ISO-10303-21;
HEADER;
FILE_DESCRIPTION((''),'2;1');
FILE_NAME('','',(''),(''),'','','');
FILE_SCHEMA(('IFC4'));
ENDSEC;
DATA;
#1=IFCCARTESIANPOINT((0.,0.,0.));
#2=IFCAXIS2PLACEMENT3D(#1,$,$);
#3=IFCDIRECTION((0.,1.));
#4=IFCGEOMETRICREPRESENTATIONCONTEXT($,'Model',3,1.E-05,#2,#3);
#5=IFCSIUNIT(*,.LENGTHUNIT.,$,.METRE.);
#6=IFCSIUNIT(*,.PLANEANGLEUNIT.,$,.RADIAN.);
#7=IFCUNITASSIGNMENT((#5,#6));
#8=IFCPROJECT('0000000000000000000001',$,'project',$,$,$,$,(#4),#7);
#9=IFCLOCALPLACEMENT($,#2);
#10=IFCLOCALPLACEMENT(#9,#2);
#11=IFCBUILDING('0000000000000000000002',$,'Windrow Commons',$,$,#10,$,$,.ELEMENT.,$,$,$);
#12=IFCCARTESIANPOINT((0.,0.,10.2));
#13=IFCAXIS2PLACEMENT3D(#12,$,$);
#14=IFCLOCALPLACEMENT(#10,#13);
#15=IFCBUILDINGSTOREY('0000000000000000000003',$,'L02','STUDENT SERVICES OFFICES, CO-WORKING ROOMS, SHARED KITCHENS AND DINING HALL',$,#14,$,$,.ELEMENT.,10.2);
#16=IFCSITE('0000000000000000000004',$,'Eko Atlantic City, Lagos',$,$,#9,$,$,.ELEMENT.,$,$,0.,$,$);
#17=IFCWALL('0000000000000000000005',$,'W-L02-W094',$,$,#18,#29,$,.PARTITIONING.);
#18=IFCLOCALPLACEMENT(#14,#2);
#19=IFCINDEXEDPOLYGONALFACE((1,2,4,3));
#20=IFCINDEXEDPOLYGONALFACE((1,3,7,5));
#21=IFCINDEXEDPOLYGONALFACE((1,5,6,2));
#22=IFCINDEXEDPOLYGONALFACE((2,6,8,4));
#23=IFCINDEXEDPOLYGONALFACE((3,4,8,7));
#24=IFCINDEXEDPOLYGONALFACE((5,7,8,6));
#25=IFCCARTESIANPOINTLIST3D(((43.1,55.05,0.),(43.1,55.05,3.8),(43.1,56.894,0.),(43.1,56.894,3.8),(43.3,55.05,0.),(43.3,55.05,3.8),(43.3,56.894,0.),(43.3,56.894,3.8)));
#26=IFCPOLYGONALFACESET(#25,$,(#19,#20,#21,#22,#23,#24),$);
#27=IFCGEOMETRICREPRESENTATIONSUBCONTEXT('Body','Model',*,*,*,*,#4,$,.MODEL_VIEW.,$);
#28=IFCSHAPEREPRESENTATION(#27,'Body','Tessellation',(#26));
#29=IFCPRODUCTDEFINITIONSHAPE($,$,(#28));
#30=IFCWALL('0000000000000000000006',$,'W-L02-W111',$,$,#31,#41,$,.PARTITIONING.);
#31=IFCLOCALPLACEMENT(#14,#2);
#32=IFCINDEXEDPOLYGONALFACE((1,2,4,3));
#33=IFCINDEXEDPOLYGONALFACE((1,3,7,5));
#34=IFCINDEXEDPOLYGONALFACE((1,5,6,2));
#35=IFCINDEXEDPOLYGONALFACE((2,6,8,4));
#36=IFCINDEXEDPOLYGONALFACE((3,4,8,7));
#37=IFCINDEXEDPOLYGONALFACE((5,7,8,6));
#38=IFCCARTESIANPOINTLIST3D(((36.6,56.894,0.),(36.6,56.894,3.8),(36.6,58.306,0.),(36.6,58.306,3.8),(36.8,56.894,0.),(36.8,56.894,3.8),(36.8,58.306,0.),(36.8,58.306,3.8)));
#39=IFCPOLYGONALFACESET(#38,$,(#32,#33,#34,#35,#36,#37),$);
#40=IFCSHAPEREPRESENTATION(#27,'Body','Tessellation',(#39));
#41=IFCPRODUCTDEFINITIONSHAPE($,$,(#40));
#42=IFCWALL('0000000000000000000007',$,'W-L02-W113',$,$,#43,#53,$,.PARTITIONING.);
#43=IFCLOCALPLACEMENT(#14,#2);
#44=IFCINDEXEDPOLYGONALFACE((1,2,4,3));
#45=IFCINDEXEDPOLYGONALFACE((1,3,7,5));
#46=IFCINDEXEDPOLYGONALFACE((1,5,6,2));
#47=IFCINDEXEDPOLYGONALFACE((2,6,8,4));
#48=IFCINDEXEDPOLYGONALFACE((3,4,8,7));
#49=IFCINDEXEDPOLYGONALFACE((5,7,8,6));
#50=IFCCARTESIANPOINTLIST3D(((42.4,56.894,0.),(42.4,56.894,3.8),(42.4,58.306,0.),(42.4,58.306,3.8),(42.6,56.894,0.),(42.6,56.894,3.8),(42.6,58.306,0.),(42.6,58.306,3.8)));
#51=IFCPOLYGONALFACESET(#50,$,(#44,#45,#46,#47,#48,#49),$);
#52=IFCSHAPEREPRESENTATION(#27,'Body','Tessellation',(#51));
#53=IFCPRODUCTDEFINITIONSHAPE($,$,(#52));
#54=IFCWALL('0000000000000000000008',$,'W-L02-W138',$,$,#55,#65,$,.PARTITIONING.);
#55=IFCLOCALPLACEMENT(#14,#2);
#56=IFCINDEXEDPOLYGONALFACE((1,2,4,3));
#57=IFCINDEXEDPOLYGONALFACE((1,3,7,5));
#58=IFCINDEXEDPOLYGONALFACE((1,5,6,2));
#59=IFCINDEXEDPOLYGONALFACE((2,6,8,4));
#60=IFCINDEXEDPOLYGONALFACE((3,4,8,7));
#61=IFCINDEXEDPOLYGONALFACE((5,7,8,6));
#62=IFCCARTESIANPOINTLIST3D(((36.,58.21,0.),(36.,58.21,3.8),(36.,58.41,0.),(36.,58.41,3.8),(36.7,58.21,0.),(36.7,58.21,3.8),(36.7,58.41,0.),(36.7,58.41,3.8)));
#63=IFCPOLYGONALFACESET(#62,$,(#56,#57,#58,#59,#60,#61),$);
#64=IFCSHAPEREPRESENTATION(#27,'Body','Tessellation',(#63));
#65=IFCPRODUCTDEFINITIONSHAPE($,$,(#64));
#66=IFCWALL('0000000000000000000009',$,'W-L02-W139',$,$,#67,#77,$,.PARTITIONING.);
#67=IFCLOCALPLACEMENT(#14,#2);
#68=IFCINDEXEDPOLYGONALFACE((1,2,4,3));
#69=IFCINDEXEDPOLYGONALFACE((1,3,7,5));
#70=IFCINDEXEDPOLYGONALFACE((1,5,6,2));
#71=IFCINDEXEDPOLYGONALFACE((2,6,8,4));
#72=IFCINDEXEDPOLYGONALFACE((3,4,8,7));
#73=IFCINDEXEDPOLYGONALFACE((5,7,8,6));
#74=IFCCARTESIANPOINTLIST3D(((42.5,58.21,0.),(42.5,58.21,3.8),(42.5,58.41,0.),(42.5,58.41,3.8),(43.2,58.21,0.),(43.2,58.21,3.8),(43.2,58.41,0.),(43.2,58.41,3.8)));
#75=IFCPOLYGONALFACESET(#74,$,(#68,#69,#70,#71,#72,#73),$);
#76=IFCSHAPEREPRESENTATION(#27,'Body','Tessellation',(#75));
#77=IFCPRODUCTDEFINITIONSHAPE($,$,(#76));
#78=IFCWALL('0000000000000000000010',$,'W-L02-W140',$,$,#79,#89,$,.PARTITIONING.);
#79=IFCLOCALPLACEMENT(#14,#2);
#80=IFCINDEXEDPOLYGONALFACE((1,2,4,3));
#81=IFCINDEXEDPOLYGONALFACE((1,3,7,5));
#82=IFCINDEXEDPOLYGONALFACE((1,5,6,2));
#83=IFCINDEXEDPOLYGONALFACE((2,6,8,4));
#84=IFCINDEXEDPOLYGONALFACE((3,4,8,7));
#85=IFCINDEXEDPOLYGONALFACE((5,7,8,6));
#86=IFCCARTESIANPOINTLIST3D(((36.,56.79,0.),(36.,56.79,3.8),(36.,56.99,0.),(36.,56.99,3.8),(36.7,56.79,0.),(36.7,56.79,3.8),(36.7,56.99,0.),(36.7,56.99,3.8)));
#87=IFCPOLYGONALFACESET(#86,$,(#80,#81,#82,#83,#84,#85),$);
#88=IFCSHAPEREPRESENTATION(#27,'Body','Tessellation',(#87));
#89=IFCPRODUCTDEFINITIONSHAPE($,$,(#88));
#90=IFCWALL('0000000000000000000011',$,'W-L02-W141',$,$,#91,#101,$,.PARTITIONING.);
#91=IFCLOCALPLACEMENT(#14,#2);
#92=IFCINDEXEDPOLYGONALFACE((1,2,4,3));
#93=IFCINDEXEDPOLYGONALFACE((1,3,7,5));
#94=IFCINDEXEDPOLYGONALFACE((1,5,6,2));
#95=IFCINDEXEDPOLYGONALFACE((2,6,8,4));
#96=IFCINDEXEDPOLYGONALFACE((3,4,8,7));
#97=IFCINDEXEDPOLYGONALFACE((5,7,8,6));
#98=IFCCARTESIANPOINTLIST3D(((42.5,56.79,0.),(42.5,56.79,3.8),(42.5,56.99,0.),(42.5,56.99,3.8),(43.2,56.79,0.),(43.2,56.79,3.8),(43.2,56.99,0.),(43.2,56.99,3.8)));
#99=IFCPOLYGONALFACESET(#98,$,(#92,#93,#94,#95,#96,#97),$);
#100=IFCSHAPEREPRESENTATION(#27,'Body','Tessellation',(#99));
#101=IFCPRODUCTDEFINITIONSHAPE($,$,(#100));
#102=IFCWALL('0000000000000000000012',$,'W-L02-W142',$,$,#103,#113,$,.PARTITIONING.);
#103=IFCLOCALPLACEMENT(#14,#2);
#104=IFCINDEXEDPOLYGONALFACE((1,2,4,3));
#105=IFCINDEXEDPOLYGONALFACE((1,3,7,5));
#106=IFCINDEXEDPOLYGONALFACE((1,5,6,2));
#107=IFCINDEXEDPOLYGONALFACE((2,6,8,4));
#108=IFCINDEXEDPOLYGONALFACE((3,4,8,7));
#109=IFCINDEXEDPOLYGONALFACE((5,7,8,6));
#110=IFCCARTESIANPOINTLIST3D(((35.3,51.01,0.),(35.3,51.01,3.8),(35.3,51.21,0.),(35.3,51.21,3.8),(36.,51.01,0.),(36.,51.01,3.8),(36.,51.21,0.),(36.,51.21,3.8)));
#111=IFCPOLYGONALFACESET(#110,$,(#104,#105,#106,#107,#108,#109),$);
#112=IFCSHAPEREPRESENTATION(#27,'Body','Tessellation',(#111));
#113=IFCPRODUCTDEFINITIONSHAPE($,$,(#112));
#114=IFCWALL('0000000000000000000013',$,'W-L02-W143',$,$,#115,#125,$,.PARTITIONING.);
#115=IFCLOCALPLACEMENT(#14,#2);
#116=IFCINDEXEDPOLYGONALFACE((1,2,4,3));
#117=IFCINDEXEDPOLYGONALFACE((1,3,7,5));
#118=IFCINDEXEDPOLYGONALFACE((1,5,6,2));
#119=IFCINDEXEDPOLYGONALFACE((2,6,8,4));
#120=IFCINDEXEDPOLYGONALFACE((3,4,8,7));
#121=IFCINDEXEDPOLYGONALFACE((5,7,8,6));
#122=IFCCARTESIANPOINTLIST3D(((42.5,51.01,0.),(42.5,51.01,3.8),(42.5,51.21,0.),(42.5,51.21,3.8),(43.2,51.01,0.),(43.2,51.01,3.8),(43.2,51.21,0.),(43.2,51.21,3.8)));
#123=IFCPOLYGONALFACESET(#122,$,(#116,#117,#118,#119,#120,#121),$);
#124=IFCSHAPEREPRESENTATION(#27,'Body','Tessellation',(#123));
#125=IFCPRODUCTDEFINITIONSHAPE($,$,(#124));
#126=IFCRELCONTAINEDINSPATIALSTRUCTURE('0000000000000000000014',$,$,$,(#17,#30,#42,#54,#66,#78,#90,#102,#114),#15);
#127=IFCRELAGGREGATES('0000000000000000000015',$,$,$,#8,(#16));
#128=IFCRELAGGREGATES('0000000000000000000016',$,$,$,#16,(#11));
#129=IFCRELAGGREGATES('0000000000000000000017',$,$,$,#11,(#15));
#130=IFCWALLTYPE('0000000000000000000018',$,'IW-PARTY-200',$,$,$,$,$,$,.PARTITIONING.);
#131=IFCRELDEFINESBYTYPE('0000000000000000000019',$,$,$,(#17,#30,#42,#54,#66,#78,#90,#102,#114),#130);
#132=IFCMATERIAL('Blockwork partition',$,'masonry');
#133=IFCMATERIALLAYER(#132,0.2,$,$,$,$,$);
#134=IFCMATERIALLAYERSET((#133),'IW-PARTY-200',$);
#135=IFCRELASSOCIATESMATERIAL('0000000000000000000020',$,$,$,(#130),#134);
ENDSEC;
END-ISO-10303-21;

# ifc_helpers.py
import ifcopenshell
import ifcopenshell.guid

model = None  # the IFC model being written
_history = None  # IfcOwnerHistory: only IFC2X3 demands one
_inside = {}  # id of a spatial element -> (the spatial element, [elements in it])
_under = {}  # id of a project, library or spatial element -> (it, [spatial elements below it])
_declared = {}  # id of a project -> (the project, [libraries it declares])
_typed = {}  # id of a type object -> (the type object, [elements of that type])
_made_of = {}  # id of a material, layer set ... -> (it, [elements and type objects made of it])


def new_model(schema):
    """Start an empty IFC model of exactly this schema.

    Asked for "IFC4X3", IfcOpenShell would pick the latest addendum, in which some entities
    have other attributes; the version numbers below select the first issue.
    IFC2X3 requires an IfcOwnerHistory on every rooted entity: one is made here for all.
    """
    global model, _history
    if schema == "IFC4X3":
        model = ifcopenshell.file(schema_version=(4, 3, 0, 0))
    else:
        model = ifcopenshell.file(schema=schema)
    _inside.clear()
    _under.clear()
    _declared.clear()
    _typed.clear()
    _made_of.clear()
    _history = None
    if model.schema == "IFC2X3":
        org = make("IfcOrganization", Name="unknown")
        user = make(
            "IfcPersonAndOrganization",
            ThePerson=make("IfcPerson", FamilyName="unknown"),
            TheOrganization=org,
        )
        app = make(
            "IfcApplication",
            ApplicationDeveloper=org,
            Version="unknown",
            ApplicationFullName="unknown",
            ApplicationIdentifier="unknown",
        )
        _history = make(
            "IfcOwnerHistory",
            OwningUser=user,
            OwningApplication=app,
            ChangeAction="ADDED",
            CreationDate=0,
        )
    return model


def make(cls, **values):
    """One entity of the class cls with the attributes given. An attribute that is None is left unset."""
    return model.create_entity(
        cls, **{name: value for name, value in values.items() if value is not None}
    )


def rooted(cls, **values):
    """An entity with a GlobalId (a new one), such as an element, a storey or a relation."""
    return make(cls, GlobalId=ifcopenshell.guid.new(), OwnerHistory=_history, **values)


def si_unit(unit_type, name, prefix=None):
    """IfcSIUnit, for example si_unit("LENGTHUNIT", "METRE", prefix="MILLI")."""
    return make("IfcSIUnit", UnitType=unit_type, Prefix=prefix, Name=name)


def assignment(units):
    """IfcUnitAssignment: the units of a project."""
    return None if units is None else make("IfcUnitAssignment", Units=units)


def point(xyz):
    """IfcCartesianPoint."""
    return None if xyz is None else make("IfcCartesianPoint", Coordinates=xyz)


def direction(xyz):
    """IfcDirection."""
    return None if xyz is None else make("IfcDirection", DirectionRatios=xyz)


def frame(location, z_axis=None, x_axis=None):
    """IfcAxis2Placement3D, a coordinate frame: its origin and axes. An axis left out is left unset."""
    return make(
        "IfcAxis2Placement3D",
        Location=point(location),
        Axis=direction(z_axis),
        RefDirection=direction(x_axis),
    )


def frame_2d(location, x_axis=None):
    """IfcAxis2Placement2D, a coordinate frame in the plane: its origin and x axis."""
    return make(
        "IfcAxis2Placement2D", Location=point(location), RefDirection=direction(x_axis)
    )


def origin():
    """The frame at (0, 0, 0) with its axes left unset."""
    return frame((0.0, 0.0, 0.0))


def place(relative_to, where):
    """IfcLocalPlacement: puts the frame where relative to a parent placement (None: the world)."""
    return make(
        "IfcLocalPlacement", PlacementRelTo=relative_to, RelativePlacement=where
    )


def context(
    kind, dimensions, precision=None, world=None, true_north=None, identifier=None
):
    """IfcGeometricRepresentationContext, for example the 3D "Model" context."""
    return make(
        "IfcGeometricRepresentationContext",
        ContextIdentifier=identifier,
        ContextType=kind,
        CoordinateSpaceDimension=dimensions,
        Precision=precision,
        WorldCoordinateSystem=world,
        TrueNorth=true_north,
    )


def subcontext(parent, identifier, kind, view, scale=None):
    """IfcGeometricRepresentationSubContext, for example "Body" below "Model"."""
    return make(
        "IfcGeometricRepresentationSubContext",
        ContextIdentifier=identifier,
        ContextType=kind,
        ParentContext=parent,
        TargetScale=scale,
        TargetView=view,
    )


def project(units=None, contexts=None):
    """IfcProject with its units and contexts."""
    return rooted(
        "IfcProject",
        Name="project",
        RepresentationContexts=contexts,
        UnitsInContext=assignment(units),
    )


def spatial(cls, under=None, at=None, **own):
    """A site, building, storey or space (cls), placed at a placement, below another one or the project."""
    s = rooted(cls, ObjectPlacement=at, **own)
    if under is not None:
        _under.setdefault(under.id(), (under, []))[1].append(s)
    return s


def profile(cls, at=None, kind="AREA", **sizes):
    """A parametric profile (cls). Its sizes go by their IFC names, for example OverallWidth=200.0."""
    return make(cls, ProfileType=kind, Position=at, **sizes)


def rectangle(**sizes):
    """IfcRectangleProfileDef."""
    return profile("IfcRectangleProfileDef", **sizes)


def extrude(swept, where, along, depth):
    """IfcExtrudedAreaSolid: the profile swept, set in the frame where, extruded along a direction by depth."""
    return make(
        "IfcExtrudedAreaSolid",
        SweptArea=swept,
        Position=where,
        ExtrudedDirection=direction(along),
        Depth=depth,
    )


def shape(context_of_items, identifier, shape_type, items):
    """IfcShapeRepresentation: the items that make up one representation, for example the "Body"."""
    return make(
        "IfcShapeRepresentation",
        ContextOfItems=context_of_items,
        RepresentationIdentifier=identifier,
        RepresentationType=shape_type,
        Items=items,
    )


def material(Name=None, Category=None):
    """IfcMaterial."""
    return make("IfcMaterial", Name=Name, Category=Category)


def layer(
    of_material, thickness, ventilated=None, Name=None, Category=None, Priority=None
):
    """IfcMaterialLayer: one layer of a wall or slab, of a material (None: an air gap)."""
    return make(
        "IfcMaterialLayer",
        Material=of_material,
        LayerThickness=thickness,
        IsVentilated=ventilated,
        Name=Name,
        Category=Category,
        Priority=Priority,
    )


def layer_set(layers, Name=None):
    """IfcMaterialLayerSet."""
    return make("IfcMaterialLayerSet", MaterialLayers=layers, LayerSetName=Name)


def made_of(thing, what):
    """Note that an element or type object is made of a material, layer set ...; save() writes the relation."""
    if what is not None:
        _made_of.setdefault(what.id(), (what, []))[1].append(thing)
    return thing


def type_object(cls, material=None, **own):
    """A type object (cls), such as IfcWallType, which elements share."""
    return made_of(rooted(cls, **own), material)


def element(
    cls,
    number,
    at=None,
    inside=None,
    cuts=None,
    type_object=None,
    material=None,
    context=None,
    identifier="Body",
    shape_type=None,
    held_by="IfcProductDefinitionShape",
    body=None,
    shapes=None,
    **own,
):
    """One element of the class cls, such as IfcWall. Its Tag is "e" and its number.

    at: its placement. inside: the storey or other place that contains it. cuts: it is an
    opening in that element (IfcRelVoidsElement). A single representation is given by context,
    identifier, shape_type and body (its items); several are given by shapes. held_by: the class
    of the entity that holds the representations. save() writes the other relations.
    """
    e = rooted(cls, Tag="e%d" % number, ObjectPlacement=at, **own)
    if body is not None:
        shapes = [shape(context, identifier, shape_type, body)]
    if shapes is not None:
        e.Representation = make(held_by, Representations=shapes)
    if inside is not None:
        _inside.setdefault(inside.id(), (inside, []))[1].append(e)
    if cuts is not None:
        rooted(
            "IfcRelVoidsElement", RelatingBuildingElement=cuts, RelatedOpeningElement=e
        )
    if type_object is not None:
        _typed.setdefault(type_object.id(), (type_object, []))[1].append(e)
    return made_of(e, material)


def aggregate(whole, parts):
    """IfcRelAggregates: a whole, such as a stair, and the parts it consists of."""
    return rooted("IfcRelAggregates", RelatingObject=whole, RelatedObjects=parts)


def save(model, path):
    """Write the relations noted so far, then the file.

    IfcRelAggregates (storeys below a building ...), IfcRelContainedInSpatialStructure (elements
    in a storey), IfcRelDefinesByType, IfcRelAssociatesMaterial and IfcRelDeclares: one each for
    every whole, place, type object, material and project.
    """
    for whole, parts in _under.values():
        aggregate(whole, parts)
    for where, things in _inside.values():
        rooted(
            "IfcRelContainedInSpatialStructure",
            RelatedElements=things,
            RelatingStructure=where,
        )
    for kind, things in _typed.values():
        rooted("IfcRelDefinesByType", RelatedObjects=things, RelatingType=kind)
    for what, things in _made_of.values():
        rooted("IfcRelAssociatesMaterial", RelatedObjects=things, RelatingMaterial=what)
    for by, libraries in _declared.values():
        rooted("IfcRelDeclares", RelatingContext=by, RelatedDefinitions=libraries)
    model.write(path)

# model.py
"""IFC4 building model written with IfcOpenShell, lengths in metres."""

from ifc_helpers import new_model, si_unit, direction, frame, frame_2d, origin, place, context, subcontext, project, spatial, rectangle, extrude, material, layer, layer_set, type_object, element, save


model = new_model("IFC4")

# Units and contexts
model_context = context("Model", 3, precision=1e-05, world=origin(), true_north=direction((0.0, 1.0)))
body_context = subcontext(model_context, "Body", "Model", "MODEL_VIEW")
ifc_project = project(units=[si_unit("LENGTHUNIT", "METRE"), si_unit("PLANEANGLEUNIT", "RADIAN")], contexts=[model_context])

# Site, building, storey
site_placement = place(None, origin())
site = spatial("IfcSite", under=ifc_project, at=site_placement, Name="Eko Atlantic City, Lagos", CompositionType="ELEMENT", RefElevation=0.0)
building_placement = place(site_placement, origin())
building = spatial("IfcBuilding", under=site, at=building_placement, Name="Windrow Commons", CompositionType="ELEMENT")
storey_placement = place(building_placement, frame((0.0, 0.0, 10.2)))
storey = spatial("IfcBuildingStorey", under=building, at=storey_placement, Name="L02", Description="STUDENT SERVICES OFFICES, CO-WORKING ROOMS, SHARED KITCHENS AND DINING HALL", CompositionType="ELEMENT", Elevation=10.2)

# Walls
ifc_material_1 = material(Name="Blockwork partition", Category="masonry")
ifc_layer = layer(ifc_material_1, 0.2)
ifc_layer_set = layer_set([ifc_layer], Name="IW-PARTY-200")
wall_type = type_object("IfcWallType", Name="IW-PARTY-200", PredefinedType="PARTITIONING", material=ifc_layer_set)
for number, where, z_axis, x_axis, name in (
    (1, (43.2, 55.05, 0.0), (0.0, 0.0, 1.0), (0.0, 1.0, 0.0), "W-L02-W094"),
):
    element("IfcWall", number, at=place(storey_placement, frame(where, z_axis=z_axis, x_axis=x_axis)), inside=storey, type_object=wall_type, Name=name, PredefinedType="PARTITIONING", context=body_context, shape_type="SweptSolid", body=[
        extrude(rectangle(XDim=1.844, YDim=0.2, at=frame_2d((0.922, 0.0))), origin(), (0.0, 0.0, 1.0), 3.8),
    ])
for number, where, z_axis, x_axis, name in (
    (2, (36.7, 56.894, 0.0), (0.0, 0.0, 1.0), (0.0, 1.0, 0.0), "W-L02-W111"),
    (3, (42.5, 56.894, 0.0), (0.0, 0.0, 1.0), (0.0, 1.0, 0.0), "W-L02-W113"),
):
    element("IfcWall", number, at=place(storey_placement, frame(where, z_axis=z_axis, x_axis=x_axis)), inside=storey, type_object=wall_type, Name=name, PredefinedType="PARTITIONING", context=body_context, shape_type="SweptSolid", body=[
        extrude(rectangle(XDim=1.412, YDim=0.2, at=frame_2d((0.706, 0.0))), origin(), (0.0, 0.0, 1.0), 3.8),
    ])
for number, where, z_axis, x_axis, name in (
    (4, (36.0, 58.31, 0.0), (0.0, 0.0, 1.0), (1.0, 0.0, 0.0), "W-L02-W138"),
    (5, (42.5, 58.31, 0.0), (0.0, 0.0, 1.0), (1.0, 0.0, 0.0), "W-L02-W139"),
    (6, (36.0, 56.89, 0.0), (0.0, 0.0, 1.0), (1.0, 0.0, 0.0), "W-L02-W140"),
    (7, (42.5, 56.89, 0.0), (0.0, 0.0, 1.0), (1.0, 0.0, 0.0), "W-L02-W141"),
    (8, (35.3, 51.11, 0.0), (0.0, 0.0, 1.0), (1.0, 0.0, 0.0), "W-L02-W142"),
    (9, (42.5, 51.11, 0.0), (0.0, 0.0, 1.0), (1.0, 0.0, 0.0), "W-L02-W143"),
):
    element("IfcWall", number, at=place(storey_placement, frame(where, z_axis=z_axis, x_axis=x_axis)), inside=storey, type_object=wall_type, Name=name, PredefinedType="PARTITIONING", context=body_context, shape_type="SweptSolid", body=[
        extrude(rectangle(XDim=0.7, YDim=0.2, at=frame_2d((0.35, 0.0))), origin(), (0.0, 0.0, 1.0), 3.8),
    ])

save(model, "model.ifc")
